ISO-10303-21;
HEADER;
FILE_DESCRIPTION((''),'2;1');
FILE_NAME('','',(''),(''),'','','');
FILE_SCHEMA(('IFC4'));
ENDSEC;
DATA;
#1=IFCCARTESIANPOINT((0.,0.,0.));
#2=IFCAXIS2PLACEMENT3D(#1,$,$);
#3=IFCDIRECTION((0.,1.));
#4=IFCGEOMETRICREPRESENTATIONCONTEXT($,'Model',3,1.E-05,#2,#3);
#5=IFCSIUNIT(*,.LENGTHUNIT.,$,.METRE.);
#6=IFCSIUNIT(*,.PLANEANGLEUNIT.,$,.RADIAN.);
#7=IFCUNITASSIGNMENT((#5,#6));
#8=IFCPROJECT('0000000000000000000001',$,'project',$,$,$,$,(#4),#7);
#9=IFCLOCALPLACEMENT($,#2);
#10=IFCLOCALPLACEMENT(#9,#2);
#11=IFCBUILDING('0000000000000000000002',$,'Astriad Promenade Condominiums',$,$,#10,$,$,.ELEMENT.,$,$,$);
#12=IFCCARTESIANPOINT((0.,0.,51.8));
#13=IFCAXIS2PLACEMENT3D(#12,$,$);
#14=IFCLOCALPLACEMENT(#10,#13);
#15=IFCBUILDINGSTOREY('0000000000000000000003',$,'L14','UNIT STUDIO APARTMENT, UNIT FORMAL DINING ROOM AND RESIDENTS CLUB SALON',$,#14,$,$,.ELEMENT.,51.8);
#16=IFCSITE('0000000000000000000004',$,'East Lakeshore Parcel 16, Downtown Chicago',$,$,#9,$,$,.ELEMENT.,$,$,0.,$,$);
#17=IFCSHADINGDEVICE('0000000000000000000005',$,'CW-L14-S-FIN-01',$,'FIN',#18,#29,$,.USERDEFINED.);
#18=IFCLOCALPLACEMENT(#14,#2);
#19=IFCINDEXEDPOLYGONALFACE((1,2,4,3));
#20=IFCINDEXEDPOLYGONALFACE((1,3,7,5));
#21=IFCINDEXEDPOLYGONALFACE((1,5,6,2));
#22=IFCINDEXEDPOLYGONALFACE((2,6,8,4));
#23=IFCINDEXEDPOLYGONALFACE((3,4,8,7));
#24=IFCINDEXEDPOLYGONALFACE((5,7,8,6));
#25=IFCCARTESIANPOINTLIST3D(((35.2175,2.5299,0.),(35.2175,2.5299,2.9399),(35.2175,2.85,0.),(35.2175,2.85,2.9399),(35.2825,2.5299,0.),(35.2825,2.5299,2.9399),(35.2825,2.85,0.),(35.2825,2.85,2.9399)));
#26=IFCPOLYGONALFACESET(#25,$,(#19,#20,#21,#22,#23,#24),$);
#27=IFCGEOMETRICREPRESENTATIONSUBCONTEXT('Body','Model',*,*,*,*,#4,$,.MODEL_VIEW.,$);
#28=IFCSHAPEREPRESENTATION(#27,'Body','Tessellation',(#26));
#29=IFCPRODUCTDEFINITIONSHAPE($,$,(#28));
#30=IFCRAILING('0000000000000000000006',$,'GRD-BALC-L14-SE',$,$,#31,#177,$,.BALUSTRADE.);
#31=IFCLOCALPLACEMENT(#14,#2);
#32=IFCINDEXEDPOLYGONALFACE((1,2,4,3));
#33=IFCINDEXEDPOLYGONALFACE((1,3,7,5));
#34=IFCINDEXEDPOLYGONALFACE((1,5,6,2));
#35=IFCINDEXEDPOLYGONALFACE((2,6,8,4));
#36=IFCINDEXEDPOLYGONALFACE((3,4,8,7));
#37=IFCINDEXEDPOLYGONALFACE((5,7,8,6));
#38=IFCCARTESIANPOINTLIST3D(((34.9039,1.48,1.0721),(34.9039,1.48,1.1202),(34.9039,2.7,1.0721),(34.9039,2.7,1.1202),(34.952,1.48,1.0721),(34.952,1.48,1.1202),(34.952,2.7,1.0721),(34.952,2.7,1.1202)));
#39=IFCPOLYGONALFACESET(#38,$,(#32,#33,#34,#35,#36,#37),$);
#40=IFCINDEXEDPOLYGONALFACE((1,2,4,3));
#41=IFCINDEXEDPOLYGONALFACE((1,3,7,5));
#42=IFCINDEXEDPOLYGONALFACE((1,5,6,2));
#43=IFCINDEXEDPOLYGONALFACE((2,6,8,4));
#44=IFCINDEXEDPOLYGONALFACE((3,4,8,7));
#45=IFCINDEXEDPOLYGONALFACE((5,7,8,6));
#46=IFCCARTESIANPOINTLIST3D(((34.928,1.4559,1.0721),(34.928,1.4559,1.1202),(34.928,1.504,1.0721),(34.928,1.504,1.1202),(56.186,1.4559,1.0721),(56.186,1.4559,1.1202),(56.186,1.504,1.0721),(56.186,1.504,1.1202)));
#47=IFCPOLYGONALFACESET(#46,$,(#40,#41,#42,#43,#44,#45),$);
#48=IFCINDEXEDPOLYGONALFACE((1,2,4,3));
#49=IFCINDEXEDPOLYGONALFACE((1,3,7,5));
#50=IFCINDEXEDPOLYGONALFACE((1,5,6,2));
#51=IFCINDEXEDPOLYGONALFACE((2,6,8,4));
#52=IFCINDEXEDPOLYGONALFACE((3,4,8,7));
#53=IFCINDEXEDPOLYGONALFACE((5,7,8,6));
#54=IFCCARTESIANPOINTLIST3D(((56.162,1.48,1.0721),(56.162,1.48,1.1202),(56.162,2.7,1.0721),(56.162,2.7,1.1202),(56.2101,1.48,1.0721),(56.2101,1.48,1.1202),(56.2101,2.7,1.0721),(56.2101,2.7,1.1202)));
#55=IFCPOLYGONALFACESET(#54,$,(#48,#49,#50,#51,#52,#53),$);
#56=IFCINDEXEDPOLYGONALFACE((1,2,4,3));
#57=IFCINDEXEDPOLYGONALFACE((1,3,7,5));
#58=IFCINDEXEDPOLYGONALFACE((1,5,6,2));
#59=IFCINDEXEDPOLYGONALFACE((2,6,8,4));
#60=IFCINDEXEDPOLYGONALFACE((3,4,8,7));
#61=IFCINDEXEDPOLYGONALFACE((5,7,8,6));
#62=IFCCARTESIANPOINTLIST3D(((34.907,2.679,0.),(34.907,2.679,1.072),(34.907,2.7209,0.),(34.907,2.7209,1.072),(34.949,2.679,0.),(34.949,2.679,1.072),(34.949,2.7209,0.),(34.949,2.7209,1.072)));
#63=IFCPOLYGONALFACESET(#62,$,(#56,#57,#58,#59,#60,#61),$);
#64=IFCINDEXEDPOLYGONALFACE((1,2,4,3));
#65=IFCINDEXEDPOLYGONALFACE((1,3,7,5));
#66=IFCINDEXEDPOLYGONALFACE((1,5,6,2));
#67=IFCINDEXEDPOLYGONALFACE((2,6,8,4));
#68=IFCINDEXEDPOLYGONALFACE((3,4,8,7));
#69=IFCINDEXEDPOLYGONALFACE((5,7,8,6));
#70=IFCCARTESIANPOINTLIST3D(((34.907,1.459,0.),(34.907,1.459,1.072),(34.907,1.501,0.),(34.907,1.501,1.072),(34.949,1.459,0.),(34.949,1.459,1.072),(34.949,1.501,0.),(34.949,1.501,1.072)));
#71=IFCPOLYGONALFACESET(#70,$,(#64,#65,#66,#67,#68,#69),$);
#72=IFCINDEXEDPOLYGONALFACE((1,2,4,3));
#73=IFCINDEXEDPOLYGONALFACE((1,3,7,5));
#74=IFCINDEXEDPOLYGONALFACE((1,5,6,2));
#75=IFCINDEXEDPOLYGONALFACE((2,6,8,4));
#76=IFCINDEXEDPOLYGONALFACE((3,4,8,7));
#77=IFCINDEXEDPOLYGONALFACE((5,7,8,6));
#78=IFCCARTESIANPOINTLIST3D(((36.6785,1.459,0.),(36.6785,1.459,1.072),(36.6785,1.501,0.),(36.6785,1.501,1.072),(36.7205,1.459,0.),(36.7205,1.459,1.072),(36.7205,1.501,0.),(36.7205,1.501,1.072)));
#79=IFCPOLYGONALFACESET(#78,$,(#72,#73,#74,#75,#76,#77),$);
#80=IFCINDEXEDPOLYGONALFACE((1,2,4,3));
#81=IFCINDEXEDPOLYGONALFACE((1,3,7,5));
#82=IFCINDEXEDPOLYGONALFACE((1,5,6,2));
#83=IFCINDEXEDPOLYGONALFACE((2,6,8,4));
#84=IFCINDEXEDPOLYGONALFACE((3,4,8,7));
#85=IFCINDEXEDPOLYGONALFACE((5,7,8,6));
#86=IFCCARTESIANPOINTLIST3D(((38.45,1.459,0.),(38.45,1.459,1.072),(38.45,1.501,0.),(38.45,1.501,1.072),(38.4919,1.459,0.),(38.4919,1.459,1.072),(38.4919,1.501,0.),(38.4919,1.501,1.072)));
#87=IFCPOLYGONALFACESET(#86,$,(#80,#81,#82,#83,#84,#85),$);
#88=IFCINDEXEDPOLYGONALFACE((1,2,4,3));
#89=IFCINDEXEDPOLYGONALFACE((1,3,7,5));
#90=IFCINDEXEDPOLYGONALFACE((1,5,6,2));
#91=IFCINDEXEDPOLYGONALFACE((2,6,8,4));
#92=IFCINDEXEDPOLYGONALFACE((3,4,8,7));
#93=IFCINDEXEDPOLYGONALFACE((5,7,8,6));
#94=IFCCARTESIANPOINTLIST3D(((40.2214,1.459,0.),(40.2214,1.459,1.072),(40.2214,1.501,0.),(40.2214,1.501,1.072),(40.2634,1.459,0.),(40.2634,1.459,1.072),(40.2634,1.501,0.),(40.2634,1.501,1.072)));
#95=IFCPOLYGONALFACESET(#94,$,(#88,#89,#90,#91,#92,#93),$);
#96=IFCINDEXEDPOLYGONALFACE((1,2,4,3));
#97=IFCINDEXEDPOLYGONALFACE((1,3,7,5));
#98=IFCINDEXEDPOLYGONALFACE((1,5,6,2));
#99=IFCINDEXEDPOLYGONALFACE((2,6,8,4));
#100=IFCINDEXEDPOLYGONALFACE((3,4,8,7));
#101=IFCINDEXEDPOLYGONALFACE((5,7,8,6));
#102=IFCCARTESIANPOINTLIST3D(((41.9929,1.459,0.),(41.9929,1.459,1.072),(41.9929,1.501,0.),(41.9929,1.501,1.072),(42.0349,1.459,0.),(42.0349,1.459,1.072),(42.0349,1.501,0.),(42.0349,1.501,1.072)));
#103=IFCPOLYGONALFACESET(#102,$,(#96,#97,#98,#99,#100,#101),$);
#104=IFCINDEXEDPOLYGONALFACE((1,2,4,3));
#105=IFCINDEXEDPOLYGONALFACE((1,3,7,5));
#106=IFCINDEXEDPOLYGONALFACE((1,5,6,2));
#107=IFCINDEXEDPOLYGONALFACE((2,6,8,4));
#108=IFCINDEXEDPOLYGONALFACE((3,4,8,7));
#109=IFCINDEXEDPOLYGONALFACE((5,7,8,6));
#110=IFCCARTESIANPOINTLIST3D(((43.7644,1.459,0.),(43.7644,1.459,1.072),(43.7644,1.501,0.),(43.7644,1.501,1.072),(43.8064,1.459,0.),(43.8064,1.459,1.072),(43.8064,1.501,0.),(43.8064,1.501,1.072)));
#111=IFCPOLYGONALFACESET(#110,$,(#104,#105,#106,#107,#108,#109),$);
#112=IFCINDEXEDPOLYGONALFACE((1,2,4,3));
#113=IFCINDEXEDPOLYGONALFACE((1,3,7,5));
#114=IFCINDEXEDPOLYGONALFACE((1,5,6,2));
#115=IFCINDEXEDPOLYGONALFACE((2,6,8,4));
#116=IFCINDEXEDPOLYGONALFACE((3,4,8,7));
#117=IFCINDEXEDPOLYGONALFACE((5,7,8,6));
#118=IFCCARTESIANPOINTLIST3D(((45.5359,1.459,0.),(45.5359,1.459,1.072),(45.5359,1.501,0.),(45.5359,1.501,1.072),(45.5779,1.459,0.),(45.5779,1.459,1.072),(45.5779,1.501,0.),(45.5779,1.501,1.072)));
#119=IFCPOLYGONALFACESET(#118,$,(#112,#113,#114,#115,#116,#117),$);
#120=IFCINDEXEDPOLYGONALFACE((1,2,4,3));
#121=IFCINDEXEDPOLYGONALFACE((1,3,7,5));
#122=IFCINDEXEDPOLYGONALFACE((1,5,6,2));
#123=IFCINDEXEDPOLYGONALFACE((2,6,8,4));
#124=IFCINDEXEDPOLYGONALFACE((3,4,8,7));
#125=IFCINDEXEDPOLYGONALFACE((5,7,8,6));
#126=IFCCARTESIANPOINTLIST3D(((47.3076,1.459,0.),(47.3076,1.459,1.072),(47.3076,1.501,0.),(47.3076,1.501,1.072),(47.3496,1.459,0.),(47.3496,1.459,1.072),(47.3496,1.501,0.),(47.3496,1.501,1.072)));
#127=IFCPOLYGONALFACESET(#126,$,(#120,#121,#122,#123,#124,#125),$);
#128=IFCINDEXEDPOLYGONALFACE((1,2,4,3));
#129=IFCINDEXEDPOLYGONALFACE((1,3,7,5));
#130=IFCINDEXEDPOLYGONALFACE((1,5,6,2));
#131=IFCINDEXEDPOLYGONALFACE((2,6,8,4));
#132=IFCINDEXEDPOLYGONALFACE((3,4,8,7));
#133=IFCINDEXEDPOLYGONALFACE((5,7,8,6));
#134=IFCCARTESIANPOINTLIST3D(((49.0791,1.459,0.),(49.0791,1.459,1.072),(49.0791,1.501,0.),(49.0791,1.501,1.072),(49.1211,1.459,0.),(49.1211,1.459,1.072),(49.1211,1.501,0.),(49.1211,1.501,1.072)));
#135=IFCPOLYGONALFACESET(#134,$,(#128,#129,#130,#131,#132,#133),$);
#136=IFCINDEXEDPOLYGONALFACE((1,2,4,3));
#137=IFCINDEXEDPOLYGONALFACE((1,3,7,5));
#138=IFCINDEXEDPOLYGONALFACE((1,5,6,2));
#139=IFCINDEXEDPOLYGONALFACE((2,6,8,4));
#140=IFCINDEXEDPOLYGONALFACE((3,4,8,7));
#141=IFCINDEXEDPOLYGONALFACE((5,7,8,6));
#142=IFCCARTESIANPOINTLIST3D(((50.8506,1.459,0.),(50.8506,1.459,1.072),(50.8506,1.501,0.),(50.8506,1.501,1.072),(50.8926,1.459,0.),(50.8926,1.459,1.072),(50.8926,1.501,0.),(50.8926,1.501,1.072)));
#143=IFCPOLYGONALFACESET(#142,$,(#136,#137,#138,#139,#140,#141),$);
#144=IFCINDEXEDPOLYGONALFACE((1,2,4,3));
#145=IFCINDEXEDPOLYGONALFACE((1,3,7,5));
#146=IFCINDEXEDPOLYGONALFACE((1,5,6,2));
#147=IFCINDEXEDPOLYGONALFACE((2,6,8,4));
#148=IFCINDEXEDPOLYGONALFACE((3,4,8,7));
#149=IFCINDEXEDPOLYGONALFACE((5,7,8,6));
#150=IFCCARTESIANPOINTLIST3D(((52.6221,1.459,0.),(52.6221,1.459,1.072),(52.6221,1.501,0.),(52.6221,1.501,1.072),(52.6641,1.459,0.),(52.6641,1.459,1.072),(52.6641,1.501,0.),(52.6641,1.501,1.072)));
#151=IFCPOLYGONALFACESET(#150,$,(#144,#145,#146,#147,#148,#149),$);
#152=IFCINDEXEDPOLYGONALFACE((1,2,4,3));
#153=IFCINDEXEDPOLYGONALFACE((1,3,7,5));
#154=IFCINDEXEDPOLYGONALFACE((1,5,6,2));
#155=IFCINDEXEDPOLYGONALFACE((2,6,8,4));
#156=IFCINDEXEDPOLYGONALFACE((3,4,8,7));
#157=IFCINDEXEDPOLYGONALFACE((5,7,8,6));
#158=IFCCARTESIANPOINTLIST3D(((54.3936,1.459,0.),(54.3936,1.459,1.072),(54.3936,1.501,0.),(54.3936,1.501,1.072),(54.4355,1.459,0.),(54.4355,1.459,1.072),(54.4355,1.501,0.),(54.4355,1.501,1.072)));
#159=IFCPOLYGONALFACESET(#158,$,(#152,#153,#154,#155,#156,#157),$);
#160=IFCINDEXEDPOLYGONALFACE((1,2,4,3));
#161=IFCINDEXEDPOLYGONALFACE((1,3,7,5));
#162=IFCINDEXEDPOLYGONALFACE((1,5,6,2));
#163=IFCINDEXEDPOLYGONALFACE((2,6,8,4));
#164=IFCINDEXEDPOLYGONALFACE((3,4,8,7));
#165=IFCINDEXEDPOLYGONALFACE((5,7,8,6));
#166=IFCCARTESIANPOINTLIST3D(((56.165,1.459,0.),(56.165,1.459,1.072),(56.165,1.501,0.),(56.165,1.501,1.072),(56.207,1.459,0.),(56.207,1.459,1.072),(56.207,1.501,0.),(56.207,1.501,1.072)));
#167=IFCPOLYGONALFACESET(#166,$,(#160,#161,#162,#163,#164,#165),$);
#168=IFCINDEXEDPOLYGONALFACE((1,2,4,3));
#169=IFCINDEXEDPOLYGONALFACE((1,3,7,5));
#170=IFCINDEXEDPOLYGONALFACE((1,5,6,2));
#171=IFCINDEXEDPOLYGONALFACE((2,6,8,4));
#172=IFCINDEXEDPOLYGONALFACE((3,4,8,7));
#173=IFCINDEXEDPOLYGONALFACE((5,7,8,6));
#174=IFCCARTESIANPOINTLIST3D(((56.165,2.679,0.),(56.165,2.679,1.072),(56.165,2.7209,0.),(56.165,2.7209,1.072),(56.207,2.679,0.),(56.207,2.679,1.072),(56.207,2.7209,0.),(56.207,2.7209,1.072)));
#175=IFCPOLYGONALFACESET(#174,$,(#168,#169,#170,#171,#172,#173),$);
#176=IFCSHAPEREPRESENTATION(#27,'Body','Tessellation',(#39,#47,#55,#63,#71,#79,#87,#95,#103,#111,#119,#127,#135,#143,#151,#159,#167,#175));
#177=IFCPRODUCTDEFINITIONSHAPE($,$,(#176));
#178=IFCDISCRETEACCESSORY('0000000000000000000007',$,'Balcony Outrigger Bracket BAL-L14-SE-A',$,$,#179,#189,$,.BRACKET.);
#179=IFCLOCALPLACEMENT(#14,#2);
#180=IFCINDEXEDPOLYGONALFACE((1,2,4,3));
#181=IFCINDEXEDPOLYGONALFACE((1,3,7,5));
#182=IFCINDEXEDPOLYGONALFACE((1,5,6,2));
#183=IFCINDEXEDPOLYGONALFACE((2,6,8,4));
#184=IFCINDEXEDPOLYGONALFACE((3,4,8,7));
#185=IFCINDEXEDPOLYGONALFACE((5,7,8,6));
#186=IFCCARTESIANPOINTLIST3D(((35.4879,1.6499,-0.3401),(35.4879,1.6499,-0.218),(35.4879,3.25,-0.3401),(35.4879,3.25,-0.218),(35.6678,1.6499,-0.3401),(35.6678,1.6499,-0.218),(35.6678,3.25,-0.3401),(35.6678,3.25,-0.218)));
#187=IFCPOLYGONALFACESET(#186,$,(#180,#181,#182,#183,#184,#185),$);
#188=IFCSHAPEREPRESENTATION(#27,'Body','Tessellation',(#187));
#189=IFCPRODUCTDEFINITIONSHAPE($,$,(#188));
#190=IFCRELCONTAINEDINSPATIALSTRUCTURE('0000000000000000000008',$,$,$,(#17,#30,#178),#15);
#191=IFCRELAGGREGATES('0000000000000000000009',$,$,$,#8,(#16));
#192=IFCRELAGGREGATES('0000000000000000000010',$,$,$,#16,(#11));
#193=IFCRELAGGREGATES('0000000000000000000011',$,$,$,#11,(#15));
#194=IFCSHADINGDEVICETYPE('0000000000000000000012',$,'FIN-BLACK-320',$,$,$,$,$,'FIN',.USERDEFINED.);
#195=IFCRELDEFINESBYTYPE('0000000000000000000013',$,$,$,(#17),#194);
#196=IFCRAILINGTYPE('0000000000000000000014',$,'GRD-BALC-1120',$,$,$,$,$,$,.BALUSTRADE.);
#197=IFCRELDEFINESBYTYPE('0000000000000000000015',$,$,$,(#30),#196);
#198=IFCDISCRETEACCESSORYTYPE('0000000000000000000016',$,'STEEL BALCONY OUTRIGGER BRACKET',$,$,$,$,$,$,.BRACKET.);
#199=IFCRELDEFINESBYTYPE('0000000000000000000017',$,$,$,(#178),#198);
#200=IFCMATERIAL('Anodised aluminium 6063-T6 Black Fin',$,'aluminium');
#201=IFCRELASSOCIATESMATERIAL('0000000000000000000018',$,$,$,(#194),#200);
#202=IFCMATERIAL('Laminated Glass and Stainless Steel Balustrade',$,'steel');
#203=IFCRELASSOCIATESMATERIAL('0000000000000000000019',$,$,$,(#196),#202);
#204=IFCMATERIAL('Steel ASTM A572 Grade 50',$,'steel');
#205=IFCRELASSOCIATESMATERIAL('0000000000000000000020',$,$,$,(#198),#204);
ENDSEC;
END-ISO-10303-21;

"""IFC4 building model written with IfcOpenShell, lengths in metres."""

from ifc_helpers import new_model, si_unit, direction, frame, origin, origin_2d, place, context, subcontext, project, spatial, rectangle, extrude, source, transform, mapped, material, type_object, type_shapes, element, save


model = new_model("IFC4")

# Units and contexts
model_context = context("Model", 3, precision=1e-05, world=origin(), true_north=direction((0.0, 1.0)))
body_context = subcontext(model_context, "Body", "Model", "MODEL_VIEW")
ifc_project = project(units=[si_unit("LENGTHUNIT", "METRE"), si_unit("PLANEANGLEUNIT", "RADIAN")], contexts=[model_context])

# Site, building, storey
site_placement = place(None, origin())
site = spatial("IfcSite", under=ifc_project, at=site_placement, Name="East Lakeshore Parcel 16, Downtown Chicago", CompositionType="ELEMENT", RefElevation=0.0)
building_placement = place(site_placement, origin())
building = spatial("IfcBuilding", under=site, at=building_placement, Name="Astriad Promenade Condominiums", CompositionType="ELEMENT")
storey_placement = place(building_placement, frame((0.0, 0.0, 51.8)))
storey = spatial("IfcBuildingStorey", under=building, at=storey_placement, Name="L14", Description="UNIT STUDIO APARTMENT, UNIT FORMAL DINING ROOM AND RESIDENTS CLUB SALON", CompositionType="ELEMENT", Elevation=51.8)

# Shading device
ifc_material_1 = material(Name="Anodised aluminium 6063-T6 Black Fin", Category="aluminium")
shading_device_type = type_object("IfcShadingDeviceType", Name="FIN-BLACK-320", ElementType="FIN", PredefinedType="USERDEFINED", material=ifc_material_1)
shared_shape_1 = source(origin(), body_context, "Body", "SweptSolid", [
    extrude(rectangle(XDim=0.0649, YDim=0.3201, at=origin_2d()), origin(), (0.0, 0.0, 1.0), 2.9399),
])
type_shapes(shading_device_type, [shared_shape_1])
shading_device_placement = place(storey_placement, frame((35.25, 2.6899, 0.0), z_axis=(0.0, 0.0, 1.0), x_axis=(-1.0, 0.0, 0.0)))
element("IfcShadingDevice", 1, at=shading_device_placement, inside=storey, type_object=shading_device_type, Name="CW-L14-S-FIN-01", ObjectType="FIN", PredefinedType="USERDEFINED", context=body_context, shape_type="MappedRepresentation", body=[
    mapped(shared_shape_1, transform((0.0, 0.0, 0.0), scale=1.0)),
])

# Railing
ifc_material_2 = material(Name="Laminated Glass and Stainless Steel Balustrade", Category="steel")
railing_type = type_object("IfcRailingType", Name="GRD-BALC-1120", PredefinedType="BALUSTRADE", material=ifc_material_2)
shared_shape_2 = source(origin(), body_context, "Body", "SweptSolid", [
    extrude(rectangle(XDim=0.0481, YDim=0.0481, at=origin_2d()), frame((0.0, 0.0, 1.0962), z_axis=(0.0, -1.0, 0.0), x_axis=(1.0, 0.0, 0.0)), (0.0, 0.0, 1.0), 1.22),
    extrude(rectangle(XDim=0.0481, YDim=0.0481, at=origin_2d()), frame((0.0, -1.22, 1.0962), z_axis=(1.0, 0.0, 0.0), x_axis=(0.0, 1.0, 0.0)), (0.0, 0.0, 1.0), 21.2581),
    extrude(rectangle(XDim=0.0481, YDim=0.0481, at=origin_2d()), frame((21.2581, -1.22, 1.0962), z_axis=(0.0, 1.0, 0.0), x_axis=(-1.0, 0.0, 0.0)), (0.0, 0.0, 1.0), 1.22),
    extrude(rectangle(XDim=0.042, YDim=0.042, at=origin_2d()), origin(), (0.0, 0.0, 1.0), 1.072),
    extrude(rectangle(XDim=0.042, YDim=0.042, at=origin_2d()), frame((0.0, -1.22, 0.0)), (0.0, 0.0, 1.0), 1.072),
    extrude(rectangle(XDim=0.042, YDim=0.042, at=origin_2d()), frame((1.7715, -1.22, 0.0)), (0.0, 0.0, 1.0), 1.072),
    extrude(rectangle(XDim=0.042, YDim=0.042, at=origin_2d()), frame((3.543, -1.22, 0.0)), (0.0, 0.0, 1.0), 1.072),
    extrude(rectangle(XDim=0.042, YDim=0.042, at=origin_2d()), frame((5.3145, -1.22, 0.0)), (0.0, 0.0, 1.0), 1.072),
    extrude(rectangle(XDim=0.042, YDim=0.042, at=origin_2d()), frame((7.0859, -1.22, 0.0)), (0.0, 0.0, 1.0), 1.072),
    extrude(rectangle(XDim=0.042, YDim=0.042, at=origin_2d()), frame((8.8574, -1.22, 0.0)), (0.0, 0.0, 1.0), 1.072),
    extrude(rectangle(XDim=0.042, YDim=0.042, at=origin_2d()), frame((10.6289, -1.22, 0.0)), (0.0, 0.0, 1.0), 1.072),
    extrude(rectangle(XDim=0.042, YDim=0.042, at=origin_2d()), frame((12.4006, -1.22, 0.0)), (0.0, 0.0, 1.0), 1.072),
    extrude(rectangle(XDim=0.042, YDim=0.042, at=origin_2d()), frame((14.1721, -1.22, 0.0)), (0.0, 0.0, 1.0), 1.072),
    extrude(rectangle(XDim=0.042, YDim=0.042, at=origin_2d()), frame((15.9436, -1.22, 0.0)), (0.0, 0.0, 1.0), 1.072),
    extrude(rectangle(XDim=0.042, YDim=0.042, at=origin_2d()), frame((17.7151, -1.22, 0.0)), (0.0, 0.0, 1.0), 1.072),
    extrude(rectangle(XDim=0.042, YDim=0.042, at=origin_2d()), frame((19.4866, -1.22, 0.0)), (0.0, 0.0, 1.0), 1.072),
    extrude(rectangle(XDim=0.042, YDim=0.042, at=origin_2d()), frame((21.2581, -1.22, 0.0)), (0.0, 0.0, 1.0), 1.072),
    extrude(rectangle(XDim=0.042, YDim=0.042, at=origin_2d()), frame((21.2581, 0.0, 0.0)), (0.0, 0.0, 1.0), 1.072),
])
type_shapes(railing_type, [shared_shape_2])
railing_placement = place(storey_placement, frame((34.928, 2.7, 0.0)))
element("IfcRailing", 2, at=railing_placement, inside=storey, type_object=railing_type, Name="GRD-BALC-L14-SE", PredefinedType="BALUSTRADE", context=body_context, shape_type="MappedRepresentation", body=[
    mapped(shared_shape_2, transform((0.0, 0.0, 0.0), scale=1.0)),
])

# Discrete accessory
ifc_material_3 = material(Name="Steel ASTM A572 Grade 50", Category="steel")
discrete_accessory_type = type_object("IfcDiscreteAccessoryType", Name="STEEL BALCONY OUTRIGGER BRACKET", PredefinedType="BRACKET", material=ifc_material_3)
shared_shape_3 = source(origin(), body_context, "Body", "SweptSolid", [
    extrude(rectangle(XDim=1.6001, YDim=0.1799, at=origin_2d()), origin(), (0.0, 0.0, 1.0), 0.1221),
])
type_shapes(discrete_accessory_type, [shared_shape_3])
discrete_accessory_placement = place(storey_placement, frame((35.5779, 2.45, -0.3401), z_axis=(0.0, 0.0, 1.0), x_axis=(0.0, -1.0, 0.0)))
element("IfcDiscreteAccessory", 3, at=discrete_accessory_placement, inside=storey, type_object=discrete_accessory_type, Name="Balcony Outrigger Bracket BAL-L14-SE-A", PredefinedType="BRACKET", context=body_context, shape_type="MappedRepresentation", body=[
    mapped(shared_shape_3, transform((0.0, 0.0, 0.0), scale=1.0)),
])

save(model, "model.ifc")
